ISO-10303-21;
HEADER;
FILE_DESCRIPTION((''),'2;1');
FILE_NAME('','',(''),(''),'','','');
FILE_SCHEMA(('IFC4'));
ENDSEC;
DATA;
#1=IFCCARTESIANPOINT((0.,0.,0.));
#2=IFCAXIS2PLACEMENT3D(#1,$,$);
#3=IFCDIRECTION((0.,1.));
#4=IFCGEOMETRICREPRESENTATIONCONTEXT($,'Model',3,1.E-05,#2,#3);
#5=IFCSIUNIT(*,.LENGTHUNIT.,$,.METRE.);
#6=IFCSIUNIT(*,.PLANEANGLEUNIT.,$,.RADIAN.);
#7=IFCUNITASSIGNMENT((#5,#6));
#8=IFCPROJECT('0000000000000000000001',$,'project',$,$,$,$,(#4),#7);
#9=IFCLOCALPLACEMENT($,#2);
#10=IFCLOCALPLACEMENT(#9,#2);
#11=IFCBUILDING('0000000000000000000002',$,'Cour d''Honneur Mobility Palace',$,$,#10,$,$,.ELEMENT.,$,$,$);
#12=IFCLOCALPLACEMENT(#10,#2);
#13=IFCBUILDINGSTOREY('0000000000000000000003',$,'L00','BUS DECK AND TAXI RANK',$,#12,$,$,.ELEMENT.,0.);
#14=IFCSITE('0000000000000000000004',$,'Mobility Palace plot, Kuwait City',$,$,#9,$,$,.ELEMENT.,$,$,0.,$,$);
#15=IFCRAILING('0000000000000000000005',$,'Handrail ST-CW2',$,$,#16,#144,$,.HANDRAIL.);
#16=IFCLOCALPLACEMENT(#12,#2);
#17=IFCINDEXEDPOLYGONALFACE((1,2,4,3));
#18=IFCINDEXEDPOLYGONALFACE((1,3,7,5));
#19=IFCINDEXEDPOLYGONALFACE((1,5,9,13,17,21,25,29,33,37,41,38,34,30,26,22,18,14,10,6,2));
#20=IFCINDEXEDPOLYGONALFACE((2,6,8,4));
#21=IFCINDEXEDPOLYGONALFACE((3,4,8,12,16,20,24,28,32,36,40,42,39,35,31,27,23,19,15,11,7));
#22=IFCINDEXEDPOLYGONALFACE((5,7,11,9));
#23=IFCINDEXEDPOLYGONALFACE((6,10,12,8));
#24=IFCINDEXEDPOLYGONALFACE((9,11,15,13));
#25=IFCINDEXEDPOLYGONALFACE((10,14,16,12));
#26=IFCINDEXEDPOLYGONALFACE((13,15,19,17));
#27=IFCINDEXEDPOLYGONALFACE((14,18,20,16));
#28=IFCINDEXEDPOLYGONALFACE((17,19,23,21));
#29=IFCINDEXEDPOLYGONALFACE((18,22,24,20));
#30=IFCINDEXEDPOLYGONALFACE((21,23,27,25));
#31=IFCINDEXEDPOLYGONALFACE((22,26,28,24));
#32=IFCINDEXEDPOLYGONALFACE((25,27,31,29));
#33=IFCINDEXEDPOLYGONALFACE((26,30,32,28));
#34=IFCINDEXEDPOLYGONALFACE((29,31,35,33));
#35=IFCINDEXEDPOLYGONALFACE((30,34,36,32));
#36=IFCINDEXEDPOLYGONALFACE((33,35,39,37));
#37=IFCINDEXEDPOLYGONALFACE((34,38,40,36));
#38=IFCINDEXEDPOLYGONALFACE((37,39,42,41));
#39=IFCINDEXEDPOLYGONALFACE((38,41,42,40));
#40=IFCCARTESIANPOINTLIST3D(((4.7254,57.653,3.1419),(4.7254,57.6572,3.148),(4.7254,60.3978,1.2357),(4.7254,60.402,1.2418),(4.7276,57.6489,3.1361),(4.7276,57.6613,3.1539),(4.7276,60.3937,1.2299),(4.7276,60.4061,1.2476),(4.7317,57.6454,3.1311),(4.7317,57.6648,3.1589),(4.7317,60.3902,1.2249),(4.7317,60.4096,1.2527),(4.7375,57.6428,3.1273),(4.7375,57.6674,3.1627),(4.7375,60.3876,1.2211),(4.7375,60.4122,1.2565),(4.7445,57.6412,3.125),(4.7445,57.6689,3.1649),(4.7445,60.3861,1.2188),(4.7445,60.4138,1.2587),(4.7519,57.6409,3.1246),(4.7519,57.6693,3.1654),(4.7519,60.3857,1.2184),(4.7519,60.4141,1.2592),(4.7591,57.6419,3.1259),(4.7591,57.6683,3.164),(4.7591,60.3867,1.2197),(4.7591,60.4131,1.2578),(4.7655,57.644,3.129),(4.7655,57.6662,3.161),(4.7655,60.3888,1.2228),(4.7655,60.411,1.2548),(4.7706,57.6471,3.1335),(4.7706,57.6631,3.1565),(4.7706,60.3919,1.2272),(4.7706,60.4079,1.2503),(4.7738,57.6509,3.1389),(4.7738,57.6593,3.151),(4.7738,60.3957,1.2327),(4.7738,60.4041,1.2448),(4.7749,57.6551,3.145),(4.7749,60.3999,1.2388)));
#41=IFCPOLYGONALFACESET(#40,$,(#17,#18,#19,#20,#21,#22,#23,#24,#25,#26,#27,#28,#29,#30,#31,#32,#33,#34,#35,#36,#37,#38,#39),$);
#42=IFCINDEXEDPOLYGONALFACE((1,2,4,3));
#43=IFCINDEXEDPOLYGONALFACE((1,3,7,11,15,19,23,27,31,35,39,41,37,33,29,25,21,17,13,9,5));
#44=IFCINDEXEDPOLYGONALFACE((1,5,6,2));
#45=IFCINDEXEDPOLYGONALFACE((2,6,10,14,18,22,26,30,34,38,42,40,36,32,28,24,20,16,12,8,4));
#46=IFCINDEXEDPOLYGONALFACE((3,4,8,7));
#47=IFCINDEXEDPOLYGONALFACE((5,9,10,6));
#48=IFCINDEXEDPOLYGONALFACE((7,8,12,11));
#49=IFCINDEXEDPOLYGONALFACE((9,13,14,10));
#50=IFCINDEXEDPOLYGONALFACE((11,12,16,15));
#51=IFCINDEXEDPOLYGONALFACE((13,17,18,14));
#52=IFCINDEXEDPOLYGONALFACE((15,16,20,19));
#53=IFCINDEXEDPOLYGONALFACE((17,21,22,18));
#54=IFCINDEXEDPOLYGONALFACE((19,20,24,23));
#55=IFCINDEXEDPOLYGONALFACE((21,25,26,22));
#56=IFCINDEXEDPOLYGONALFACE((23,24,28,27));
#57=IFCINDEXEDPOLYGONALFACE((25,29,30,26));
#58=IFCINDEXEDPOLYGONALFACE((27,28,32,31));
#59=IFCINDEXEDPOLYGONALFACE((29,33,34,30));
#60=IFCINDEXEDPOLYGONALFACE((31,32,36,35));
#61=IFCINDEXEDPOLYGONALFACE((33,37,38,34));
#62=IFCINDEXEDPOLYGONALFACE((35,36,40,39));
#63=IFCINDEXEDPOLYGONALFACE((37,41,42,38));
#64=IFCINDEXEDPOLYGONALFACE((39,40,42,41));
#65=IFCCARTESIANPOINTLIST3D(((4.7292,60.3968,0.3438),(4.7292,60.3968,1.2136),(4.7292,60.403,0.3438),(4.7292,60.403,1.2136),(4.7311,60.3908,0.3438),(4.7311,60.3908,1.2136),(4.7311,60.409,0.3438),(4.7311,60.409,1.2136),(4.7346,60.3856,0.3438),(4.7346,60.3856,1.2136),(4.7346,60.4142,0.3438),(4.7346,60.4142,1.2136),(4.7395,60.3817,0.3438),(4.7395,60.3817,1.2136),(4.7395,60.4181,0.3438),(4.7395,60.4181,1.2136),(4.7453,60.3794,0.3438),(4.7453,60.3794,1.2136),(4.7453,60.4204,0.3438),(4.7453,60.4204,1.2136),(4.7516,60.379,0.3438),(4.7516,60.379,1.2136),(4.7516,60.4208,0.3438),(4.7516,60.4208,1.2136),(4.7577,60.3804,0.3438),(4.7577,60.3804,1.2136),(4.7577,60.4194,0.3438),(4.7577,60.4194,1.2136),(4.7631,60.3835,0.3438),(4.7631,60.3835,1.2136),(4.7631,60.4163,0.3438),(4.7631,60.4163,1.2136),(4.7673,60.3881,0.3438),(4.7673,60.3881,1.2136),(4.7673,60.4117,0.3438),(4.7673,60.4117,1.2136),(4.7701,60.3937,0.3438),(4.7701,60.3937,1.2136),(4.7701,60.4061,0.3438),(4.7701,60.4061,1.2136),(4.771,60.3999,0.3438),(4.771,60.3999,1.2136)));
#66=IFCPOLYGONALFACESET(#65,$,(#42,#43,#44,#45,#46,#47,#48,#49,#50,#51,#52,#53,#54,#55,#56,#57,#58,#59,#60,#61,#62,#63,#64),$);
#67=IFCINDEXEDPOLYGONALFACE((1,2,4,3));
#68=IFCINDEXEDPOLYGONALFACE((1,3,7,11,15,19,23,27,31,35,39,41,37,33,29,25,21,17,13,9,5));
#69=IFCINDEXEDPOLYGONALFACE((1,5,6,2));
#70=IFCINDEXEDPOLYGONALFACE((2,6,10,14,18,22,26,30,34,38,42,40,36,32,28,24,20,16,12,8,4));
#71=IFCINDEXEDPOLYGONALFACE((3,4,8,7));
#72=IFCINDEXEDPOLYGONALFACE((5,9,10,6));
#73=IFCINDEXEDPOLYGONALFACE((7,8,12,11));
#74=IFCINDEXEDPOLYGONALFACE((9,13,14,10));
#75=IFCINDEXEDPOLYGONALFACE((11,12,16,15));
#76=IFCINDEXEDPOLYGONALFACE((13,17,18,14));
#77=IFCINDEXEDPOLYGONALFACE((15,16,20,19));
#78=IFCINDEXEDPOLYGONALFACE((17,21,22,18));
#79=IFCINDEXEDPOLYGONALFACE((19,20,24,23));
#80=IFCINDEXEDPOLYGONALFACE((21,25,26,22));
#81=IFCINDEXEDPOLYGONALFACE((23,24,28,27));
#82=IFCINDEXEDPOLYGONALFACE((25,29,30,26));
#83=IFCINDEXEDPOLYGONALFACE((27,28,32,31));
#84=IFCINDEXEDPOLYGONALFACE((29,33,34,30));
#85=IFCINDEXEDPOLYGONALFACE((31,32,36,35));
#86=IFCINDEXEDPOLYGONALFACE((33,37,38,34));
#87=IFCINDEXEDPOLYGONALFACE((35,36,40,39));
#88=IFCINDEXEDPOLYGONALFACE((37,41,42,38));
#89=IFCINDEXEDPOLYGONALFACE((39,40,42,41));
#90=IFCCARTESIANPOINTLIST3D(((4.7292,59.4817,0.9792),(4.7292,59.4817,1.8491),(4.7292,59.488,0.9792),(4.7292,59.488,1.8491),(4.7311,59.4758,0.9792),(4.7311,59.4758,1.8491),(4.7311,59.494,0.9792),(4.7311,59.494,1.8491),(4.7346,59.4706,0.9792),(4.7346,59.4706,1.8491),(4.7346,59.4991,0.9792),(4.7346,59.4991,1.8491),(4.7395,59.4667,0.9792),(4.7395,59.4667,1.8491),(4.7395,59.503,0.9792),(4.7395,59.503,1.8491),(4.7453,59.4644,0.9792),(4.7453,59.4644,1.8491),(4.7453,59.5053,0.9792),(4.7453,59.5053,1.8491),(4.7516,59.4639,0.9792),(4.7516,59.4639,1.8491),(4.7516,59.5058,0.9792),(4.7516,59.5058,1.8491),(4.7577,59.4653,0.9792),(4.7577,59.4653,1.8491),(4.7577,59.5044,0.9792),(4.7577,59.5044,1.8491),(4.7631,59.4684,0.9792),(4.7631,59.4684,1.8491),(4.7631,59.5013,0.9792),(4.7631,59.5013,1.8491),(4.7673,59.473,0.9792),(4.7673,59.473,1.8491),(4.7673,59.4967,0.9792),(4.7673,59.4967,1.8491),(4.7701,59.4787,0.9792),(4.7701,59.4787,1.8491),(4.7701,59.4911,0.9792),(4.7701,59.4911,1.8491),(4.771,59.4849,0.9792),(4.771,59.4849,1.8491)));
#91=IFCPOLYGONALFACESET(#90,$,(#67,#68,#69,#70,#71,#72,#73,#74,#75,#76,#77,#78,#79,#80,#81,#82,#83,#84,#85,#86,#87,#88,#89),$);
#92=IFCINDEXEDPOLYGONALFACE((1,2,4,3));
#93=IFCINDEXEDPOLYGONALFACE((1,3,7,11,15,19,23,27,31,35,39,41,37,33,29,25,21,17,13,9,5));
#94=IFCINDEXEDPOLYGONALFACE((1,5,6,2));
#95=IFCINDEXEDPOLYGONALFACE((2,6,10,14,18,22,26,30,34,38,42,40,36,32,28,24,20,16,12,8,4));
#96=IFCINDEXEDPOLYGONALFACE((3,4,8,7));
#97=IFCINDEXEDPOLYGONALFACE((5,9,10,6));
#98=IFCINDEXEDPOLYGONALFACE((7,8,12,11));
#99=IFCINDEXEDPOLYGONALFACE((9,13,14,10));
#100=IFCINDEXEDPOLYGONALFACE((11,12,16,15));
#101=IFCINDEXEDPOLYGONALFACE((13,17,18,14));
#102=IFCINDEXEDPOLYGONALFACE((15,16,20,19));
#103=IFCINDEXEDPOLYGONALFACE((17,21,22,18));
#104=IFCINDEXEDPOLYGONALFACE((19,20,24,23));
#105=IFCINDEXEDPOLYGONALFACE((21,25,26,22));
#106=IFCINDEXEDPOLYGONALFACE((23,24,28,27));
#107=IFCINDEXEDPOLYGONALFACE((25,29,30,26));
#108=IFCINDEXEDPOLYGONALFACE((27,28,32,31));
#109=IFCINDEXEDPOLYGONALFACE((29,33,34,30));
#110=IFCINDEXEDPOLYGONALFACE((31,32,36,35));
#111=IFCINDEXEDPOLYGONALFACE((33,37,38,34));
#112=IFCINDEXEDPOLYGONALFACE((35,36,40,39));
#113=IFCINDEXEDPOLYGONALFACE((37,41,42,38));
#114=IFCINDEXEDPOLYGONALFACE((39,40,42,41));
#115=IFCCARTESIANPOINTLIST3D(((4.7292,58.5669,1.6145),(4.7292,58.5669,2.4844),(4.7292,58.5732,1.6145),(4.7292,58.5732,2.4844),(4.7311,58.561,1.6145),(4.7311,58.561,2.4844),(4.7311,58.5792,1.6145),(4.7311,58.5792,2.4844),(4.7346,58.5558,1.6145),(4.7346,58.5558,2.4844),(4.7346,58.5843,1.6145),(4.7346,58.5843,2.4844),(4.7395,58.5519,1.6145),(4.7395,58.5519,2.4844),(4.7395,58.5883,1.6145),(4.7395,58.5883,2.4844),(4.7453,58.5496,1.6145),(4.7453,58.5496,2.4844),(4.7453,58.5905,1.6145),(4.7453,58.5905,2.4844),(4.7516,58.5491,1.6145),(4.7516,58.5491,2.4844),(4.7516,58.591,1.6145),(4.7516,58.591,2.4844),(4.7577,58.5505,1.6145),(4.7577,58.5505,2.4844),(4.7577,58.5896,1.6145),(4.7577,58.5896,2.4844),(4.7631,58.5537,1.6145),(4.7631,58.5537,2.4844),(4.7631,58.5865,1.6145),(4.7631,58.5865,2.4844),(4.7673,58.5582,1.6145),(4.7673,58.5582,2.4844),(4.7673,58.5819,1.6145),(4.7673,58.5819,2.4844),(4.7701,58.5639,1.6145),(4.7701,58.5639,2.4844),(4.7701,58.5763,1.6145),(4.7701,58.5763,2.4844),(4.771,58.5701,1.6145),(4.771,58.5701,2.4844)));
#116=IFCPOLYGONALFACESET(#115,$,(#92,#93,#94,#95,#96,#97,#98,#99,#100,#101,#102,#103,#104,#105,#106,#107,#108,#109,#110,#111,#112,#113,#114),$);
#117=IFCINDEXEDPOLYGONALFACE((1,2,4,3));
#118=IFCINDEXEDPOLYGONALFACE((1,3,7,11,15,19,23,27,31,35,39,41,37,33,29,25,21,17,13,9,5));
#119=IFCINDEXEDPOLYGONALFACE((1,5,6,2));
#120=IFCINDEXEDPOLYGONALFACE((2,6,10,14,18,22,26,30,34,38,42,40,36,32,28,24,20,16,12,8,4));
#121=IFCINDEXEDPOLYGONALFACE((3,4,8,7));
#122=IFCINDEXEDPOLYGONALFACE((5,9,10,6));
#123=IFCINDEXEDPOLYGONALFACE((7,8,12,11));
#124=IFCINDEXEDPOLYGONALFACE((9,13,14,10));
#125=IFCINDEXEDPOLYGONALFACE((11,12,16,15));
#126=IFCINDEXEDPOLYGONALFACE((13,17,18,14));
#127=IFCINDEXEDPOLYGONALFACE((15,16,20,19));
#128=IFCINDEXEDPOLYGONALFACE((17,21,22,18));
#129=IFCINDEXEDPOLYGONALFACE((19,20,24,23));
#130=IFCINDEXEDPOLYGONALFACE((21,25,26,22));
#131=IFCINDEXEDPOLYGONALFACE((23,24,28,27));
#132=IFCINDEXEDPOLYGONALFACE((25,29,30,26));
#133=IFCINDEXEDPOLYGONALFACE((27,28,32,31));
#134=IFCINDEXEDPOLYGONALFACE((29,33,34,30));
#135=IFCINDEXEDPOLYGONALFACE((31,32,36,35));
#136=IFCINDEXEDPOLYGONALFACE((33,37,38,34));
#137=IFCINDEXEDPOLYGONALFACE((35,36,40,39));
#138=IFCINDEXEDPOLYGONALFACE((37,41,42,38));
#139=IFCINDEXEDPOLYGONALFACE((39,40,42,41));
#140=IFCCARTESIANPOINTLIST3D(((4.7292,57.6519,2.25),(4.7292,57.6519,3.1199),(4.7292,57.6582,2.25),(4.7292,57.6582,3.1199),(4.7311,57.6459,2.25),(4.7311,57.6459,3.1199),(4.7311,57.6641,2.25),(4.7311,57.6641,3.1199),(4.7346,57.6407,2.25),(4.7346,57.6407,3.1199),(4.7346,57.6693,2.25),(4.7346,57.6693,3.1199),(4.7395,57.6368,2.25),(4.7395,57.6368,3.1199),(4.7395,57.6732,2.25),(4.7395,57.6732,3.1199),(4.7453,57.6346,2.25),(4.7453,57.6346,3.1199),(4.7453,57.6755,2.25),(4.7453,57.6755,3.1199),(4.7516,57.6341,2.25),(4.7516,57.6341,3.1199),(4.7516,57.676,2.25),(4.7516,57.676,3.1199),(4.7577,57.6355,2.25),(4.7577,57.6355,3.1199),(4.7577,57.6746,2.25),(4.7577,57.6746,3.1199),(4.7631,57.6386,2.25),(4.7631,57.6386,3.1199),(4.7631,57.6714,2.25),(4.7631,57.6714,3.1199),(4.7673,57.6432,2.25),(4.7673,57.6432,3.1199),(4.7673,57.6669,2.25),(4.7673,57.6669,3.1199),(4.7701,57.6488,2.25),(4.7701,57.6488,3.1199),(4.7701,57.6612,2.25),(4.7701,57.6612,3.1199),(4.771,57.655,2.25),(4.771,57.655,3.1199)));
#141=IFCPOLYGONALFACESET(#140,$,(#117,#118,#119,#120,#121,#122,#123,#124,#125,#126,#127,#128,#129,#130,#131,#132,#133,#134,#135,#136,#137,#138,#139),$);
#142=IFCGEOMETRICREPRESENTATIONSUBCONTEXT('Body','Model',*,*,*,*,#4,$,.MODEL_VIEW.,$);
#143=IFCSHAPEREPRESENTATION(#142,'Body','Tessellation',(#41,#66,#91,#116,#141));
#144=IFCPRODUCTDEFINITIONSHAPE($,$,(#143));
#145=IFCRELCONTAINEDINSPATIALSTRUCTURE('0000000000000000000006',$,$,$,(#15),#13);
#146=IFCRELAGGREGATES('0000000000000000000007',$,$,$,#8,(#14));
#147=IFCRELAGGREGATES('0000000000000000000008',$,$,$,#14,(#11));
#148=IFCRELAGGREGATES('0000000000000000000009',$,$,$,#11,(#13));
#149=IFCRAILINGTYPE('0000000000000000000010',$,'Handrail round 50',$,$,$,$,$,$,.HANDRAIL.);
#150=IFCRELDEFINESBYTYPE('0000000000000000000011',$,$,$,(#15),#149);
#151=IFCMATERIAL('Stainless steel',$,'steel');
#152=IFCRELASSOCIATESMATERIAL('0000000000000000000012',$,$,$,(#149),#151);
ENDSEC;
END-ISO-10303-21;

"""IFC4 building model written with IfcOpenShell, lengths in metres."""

from ifc_helpers import new_model, si_unit, direction, frame, origin, origin_2d, place, context, subcontext, project, spatial, circle, extrude, material, type_object, element, save


model = new_model("IFC4")

# Units and contexts
model_context = context("Model", 3, precision=1e-05, world=origin(), true_north=direction((0.0, 1.0)))
body_context = subcontext(model_context, "Body", "Model", "MODEL_VIEW")
ifc_project = project(units=[si_unit("LENGTHUNIT", "METRE"), si_unit("PLANEANGLEUNIT", "RADIAN")], contexts=[model_context])

# Site, building, storey
site_placement = place(None, origin())
site = spatial("IfcSite", under=ifc_project, at=site_placement, Name="Mobility Palace plot, Kuwait City", CompositionType="ELEMENT", RefElevation=0.0)
building_placement = place(site_placement, origin())
building = spatial("IfcBuilding", under=site, at=building_placement, Name="Cour d'Honneur Mobility Palace", CompositionType="ELEMENT")
storey_placement = place(building_placement, origin())
storey = spatial("IfcBuildingStorey", under=building, at=storey_placement, Name="L00", Description="BUS DECK AND TAXI RANK", CompositionType="ELEMENT", Elevation=0.0)

# Railing
ifc_material_1 = material(Name="Stainless steel", Category="steel")
railing_type_1 = type_object("IfcRailingType", Name="Handrail round 50", PredefinedType="HANDRAIL", material=ifc_material_1)
railing_1_placement = place(storey_placement, frame((4.75, 60.3999, 0.3438)))
element("IfcRailing", 1, at=railing_1_placement, inside=storey, type_object=railing_type_1, Name="Handrail ST-CW2", PredefinedType="HANDRAIL", context=body_context, shape_type="SweptSolid", body=[
    extrude(circle(Radius=0.0249, at=origin_2d()), frame((0.0, 0.0, 0.895), z_axis=(0.0, -0.821358, 0.570414), x_axis=(1.0, 0.0, 0.0)), (0.0, 0.0, 1.0), 3.3418),
    extrude(circle(Radius=0.021, at=origin_2d()), origin(), (0.0, 0.0, 1.0), 0.8699),
    extrude(circle(Radius=0.021, at=origin_2d()), frame((0.0, -0.915, 0.6355)), (0.0, 0.0, 1.0), 0.8699),
    extrude(circle(Radius=0.021, at=origin_2d()), frame((0.0, -1.8298, 1.2708)), (0.0, 0.0, 1.0), 0.8699),
    extrude(circle(Radius=0.021, at=origin_2d()), frame((0.0, -2.7449, 1.9062)), (0.0, 0.0, 1.0), 0.8699),
])

save(model, "model.ifc")
